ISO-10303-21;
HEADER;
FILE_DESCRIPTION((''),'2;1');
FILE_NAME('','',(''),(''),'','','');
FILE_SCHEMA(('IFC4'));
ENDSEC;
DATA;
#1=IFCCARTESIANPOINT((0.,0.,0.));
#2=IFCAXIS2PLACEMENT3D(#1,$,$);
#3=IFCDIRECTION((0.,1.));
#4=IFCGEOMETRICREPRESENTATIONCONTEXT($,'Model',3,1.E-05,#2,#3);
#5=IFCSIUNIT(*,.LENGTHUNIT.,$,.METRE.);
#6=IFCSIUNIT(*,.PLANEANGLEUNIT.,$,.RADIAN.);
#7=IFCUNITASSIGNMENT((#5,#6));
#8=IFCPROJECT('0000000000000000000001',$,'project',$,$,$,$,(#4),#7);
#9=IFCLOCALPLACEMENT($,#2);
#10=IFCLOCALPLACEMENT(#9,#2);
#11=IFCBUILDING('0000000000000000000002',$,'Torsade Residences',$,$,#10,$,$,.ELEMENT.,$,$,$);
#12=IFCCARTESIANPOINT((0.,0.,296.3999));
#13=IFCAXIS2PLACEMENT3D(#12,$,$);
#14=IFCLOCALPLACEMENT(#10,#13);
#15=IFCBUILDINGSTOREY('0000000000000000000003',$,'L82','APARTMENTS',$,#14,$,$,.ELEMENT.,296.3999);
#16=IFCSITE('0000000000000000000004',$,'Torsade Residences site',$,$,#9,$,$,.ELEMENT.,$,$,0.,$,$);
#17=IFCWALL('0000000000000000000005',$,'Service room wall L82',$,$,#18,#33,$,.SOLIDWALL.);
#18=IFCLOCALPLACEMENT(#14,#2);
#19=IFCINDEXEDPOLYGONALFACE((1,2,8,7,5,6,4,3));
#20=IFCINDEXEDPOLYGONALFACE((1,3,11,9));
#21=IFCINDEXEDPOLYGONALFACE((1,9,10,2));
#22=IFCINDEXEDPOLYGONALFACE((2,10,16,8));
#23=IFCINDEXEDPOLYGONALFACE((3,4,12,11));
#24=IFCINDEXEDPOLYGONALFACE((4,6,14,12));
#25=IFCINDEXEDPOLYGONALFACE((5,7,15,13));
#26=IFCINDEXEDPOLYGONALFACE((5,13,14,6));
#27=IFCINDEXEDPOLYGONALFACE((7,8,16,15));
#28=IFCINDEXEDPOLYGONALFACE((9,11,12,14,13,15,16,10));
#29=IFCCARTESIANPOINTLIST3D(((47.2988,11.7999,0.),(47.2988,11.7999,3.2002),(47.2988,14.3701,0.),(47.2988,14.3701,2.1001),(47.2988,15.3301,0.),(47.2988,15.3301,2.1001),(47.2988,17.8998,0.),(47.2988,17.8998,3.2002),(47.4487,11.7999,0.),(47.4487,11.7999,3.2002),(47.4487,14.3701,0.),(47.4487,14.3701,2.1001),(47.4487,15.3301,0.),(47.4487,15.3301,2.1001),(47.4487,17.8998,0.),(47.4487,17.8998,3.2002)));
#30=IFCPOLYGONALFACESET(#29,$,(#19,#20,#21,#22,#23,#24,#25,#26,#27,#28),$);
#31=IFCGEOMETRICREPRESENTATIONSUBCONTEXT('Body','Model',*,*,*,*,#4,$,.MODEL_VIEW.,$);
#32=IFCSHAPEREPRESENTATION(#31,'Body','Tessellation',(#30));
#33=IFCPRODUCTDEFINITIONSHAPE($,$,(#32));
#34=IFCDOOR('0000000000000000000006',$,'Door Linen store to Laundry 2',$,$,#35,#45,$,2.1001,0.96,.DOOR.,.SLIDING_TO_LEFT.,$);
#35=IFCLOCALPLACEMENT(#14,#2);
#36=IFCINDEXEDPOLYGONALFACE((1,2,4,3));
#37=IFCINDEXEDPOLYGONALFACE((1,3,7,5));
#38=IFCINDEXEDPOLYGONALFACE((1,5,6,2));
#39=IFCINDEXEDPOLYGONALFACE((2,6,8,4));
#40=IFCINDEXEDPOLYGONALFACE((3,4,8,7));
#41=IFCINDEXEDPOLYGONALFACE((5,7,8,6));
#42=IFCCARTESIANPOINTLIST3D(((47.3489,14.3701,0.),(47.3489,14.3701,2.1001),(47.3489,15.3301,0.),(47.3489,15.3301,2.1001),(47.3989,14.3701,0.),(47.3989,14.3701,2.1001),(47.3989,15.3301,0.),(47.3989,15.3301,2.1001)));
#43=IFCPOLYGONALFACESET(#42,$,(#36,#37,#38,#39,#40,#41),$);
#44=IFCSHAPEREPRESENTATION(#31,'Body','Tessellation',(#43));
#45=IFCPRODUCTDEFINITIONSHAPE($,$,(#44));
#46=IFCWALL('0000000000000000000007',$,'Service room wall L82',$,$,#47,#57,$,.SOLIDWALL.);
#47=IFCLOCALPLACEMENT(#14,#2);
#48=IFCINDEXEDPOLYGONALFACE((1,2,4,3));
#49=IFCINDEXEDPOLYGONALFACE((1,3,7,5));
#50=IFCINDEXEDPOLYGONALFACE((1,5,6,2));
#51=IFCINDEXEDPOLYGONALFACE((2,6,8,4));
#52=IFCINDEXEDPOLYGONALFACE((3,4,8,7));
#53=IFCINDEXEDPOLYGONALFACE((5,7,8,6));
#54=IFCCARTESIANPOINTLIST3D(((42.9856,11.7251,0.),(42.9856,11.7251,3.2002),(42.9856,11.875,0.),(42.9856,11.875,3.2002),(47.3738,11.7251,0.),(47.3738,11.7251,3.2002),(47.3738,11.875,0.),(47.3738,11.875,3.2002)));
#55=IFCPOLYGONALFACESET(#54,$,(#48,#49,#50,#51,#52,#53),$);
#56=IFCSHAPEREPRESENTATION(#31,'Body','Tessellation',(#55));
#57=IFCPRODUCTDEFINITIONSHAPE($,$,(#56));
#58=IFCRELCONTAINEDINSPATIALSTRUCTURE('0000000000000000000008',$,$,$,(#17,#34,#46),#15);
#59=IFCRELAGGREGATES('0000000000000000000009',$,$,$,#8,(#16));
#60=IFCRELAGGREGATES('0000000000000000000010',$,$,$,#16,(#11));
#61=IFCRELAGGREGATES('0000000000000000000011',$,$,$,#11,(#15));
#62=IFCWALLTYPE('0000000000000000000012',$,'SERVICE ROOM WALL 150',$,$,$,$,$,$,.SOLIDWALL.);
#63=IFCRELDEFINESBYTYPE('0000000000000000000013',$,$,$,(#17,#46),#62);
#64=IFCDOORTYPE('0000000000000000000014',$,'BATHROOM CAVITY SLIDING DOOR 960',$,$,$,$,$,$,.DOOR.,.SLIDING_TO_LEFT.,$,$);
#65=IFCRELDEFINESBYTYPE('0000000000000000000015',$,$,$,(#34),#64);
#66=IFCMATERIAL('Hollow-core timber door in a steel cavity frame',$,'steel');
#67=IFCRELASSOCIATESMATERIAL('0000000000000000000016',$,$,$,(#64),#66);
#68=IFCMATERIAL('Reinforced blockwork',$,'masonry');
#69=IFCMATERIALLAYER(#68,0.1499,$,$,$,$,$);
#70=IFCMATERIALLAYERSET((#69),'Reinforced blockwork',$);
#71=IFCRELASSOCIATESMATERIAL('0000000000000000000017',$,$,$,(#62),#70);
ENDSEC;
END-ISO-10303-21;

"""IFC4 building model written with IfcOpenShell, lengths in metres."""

from ifc_helpers import new_model, si_unit, direction, frame, frame_2d, origin, place, context, subcontext, project, spatial, rectangle, extrude, material, layer, layer_set, type_object, element, fill, save


model = new_model("IFC4")

# Units and contexts
model_context = context("Model", 3, precision=1e-05, world=origin(), true_north=direction((0.0, 1.0)))
body_context = subcontext(model_context, "Body", "Model", "MODEL_VIEW")
ifc_project = project(units=[si_unit("LENGTHUNIT", "METRE"), si_unit("PLANEANGLEUNIT", "RADIAN")], contexts=[model_context])

# Site, building, storey
site_placement = place(None, origin())
site = spatial("IfcSite", under=ifc_project, at=site_placement, Name="Torsade Residences site", CompositionType="ELEMENT", RefElevation=0.0)
building_placement = place(site_placement, origin())
building = spatial("IfcBuilding", under=site, at=building_placement, Name="Torsade Residences", CompositionType="ELEMENT")
storey_placement = place(building_placement, frame((0.0, 0.0, 296.3999)))
storey = spatial("IfcBuildingStorey", under=building, at=storey_placement, Name="L82", Description="APARTMENTS", CompositionType="ELEMENT", Elevation=296.3999)

# Shared definitions
ifc_material_1 = material(Name="Hollow-core timber door in a steel cavity frame", Category="steel")
door_type_1 = type_object("IfcDoorType", Name="BATHROOM CAVITY SLIDING DOOR 960", OperationType="SLIDING_TO_LEFT", PredefinedType="DOOR", material=ifc_material_1)

# Wall, opening, door
ifc_material_2 = material(Name="Reinforced blockwork", Category="masonry")
ifc_layer_1 = layer(ifc_material_2, 0.1499)
ifc_layer_set_1 = layer_set([ifc_layer_1], Name="Reinforced blockwork")
wall_type_1 = type_object("IfcWallType", Name="SERVICE ROOM WALL 150", PredefinedType="SOLIDWALL", material=ifc_layer_set_1)
wall_1_placement = place(storey_placement, frame((47.3738, 11.8, 0.0), z_axis=(0.0, 0.0, 1.0), x_axis=(0.0, 1.0, 0.0)))
wall_1 = element("IfcWall", 1, at=wall_1_placement, inside=storey, type_object=wall_type_1, Name="Service room wall L82", PredefinedType="SOLIDWALL", context=body_context, shape_type="SweptSolid", body=[
    extrude(rectangle(XDim=6.0999, YDim=0.1499, at=frame_2d((3.0498, 0.0))), origin(), (0.0, 0.0, 1.0), 3.2002),
])
opening_1_placement = place(wall_1_placement, frame((2.5701, 0.0, 0.0)))
opening_1 = element("IfcOpeningElement", 2, at=opening_1_placement, cuts=wall_1, PredefinedType="OPENING", context=body_context, shape_type="SweptSolid", body=[
    extrude(rectangle(XDim=0.96, YDim=2.1001, at=frame_2d((0.48, 1.05))), frame((0.0, 0.085, 0.0), z_axis=(0.0, -1.0, 0.0), x_axis=(1.0, 0.0, 0.0)), (0.0, 0.0, 1.0), 0.1699),
])
door_1_placement = place(opening_1_placement, origin())
door_1 = element("IfcDoor", 3, at=door_1_placement, inside=storey, type_object=door_type_1, Name="Door Linen store to Laundry 2", OperationType="SLIDING_TO_LEFT", OverallHeight=2.1001, OverallWidth=0.96, PredefinedType="DOOR", context=body_context, shape_type="SweptSolid", body=[
    extrude(rectangle(XDim=0.96, YDim=2.1001, at=frame_2d((0.48, 1.05))), frame((0.0, 0.0249, 0.0), z_axis=(0.0, -1.0, 0.0), x_axis=(1.0, 0.0, 0.0)), (0.0, 0.0, 1.0), 0.05),
])
fill(opening_1, door_1)

# Wall
wall_2_placement = place(storey_placement, frame((47.3738, 11.8, 0.0), z_axis=(0.0, 0.0, 1.0), x_axis=(-1.0, 0.0, 0.0)))
element("IfcWall", 4, at=wall_2_placement, inside=storey, type_object=wall_type_1, Name="Service room wall L82", PredefinedType="SOLIDWALL", context=body_context, shape_type="SweptSolid", body=[
    extrude(rectangle(XDim=4.3882, YDim=0.1499, at=frame_2d((2.1941, 0.0))), origin(), (0.0, 0.0, 1.0), 3.2002),
])

save(model, "model.ifc")
